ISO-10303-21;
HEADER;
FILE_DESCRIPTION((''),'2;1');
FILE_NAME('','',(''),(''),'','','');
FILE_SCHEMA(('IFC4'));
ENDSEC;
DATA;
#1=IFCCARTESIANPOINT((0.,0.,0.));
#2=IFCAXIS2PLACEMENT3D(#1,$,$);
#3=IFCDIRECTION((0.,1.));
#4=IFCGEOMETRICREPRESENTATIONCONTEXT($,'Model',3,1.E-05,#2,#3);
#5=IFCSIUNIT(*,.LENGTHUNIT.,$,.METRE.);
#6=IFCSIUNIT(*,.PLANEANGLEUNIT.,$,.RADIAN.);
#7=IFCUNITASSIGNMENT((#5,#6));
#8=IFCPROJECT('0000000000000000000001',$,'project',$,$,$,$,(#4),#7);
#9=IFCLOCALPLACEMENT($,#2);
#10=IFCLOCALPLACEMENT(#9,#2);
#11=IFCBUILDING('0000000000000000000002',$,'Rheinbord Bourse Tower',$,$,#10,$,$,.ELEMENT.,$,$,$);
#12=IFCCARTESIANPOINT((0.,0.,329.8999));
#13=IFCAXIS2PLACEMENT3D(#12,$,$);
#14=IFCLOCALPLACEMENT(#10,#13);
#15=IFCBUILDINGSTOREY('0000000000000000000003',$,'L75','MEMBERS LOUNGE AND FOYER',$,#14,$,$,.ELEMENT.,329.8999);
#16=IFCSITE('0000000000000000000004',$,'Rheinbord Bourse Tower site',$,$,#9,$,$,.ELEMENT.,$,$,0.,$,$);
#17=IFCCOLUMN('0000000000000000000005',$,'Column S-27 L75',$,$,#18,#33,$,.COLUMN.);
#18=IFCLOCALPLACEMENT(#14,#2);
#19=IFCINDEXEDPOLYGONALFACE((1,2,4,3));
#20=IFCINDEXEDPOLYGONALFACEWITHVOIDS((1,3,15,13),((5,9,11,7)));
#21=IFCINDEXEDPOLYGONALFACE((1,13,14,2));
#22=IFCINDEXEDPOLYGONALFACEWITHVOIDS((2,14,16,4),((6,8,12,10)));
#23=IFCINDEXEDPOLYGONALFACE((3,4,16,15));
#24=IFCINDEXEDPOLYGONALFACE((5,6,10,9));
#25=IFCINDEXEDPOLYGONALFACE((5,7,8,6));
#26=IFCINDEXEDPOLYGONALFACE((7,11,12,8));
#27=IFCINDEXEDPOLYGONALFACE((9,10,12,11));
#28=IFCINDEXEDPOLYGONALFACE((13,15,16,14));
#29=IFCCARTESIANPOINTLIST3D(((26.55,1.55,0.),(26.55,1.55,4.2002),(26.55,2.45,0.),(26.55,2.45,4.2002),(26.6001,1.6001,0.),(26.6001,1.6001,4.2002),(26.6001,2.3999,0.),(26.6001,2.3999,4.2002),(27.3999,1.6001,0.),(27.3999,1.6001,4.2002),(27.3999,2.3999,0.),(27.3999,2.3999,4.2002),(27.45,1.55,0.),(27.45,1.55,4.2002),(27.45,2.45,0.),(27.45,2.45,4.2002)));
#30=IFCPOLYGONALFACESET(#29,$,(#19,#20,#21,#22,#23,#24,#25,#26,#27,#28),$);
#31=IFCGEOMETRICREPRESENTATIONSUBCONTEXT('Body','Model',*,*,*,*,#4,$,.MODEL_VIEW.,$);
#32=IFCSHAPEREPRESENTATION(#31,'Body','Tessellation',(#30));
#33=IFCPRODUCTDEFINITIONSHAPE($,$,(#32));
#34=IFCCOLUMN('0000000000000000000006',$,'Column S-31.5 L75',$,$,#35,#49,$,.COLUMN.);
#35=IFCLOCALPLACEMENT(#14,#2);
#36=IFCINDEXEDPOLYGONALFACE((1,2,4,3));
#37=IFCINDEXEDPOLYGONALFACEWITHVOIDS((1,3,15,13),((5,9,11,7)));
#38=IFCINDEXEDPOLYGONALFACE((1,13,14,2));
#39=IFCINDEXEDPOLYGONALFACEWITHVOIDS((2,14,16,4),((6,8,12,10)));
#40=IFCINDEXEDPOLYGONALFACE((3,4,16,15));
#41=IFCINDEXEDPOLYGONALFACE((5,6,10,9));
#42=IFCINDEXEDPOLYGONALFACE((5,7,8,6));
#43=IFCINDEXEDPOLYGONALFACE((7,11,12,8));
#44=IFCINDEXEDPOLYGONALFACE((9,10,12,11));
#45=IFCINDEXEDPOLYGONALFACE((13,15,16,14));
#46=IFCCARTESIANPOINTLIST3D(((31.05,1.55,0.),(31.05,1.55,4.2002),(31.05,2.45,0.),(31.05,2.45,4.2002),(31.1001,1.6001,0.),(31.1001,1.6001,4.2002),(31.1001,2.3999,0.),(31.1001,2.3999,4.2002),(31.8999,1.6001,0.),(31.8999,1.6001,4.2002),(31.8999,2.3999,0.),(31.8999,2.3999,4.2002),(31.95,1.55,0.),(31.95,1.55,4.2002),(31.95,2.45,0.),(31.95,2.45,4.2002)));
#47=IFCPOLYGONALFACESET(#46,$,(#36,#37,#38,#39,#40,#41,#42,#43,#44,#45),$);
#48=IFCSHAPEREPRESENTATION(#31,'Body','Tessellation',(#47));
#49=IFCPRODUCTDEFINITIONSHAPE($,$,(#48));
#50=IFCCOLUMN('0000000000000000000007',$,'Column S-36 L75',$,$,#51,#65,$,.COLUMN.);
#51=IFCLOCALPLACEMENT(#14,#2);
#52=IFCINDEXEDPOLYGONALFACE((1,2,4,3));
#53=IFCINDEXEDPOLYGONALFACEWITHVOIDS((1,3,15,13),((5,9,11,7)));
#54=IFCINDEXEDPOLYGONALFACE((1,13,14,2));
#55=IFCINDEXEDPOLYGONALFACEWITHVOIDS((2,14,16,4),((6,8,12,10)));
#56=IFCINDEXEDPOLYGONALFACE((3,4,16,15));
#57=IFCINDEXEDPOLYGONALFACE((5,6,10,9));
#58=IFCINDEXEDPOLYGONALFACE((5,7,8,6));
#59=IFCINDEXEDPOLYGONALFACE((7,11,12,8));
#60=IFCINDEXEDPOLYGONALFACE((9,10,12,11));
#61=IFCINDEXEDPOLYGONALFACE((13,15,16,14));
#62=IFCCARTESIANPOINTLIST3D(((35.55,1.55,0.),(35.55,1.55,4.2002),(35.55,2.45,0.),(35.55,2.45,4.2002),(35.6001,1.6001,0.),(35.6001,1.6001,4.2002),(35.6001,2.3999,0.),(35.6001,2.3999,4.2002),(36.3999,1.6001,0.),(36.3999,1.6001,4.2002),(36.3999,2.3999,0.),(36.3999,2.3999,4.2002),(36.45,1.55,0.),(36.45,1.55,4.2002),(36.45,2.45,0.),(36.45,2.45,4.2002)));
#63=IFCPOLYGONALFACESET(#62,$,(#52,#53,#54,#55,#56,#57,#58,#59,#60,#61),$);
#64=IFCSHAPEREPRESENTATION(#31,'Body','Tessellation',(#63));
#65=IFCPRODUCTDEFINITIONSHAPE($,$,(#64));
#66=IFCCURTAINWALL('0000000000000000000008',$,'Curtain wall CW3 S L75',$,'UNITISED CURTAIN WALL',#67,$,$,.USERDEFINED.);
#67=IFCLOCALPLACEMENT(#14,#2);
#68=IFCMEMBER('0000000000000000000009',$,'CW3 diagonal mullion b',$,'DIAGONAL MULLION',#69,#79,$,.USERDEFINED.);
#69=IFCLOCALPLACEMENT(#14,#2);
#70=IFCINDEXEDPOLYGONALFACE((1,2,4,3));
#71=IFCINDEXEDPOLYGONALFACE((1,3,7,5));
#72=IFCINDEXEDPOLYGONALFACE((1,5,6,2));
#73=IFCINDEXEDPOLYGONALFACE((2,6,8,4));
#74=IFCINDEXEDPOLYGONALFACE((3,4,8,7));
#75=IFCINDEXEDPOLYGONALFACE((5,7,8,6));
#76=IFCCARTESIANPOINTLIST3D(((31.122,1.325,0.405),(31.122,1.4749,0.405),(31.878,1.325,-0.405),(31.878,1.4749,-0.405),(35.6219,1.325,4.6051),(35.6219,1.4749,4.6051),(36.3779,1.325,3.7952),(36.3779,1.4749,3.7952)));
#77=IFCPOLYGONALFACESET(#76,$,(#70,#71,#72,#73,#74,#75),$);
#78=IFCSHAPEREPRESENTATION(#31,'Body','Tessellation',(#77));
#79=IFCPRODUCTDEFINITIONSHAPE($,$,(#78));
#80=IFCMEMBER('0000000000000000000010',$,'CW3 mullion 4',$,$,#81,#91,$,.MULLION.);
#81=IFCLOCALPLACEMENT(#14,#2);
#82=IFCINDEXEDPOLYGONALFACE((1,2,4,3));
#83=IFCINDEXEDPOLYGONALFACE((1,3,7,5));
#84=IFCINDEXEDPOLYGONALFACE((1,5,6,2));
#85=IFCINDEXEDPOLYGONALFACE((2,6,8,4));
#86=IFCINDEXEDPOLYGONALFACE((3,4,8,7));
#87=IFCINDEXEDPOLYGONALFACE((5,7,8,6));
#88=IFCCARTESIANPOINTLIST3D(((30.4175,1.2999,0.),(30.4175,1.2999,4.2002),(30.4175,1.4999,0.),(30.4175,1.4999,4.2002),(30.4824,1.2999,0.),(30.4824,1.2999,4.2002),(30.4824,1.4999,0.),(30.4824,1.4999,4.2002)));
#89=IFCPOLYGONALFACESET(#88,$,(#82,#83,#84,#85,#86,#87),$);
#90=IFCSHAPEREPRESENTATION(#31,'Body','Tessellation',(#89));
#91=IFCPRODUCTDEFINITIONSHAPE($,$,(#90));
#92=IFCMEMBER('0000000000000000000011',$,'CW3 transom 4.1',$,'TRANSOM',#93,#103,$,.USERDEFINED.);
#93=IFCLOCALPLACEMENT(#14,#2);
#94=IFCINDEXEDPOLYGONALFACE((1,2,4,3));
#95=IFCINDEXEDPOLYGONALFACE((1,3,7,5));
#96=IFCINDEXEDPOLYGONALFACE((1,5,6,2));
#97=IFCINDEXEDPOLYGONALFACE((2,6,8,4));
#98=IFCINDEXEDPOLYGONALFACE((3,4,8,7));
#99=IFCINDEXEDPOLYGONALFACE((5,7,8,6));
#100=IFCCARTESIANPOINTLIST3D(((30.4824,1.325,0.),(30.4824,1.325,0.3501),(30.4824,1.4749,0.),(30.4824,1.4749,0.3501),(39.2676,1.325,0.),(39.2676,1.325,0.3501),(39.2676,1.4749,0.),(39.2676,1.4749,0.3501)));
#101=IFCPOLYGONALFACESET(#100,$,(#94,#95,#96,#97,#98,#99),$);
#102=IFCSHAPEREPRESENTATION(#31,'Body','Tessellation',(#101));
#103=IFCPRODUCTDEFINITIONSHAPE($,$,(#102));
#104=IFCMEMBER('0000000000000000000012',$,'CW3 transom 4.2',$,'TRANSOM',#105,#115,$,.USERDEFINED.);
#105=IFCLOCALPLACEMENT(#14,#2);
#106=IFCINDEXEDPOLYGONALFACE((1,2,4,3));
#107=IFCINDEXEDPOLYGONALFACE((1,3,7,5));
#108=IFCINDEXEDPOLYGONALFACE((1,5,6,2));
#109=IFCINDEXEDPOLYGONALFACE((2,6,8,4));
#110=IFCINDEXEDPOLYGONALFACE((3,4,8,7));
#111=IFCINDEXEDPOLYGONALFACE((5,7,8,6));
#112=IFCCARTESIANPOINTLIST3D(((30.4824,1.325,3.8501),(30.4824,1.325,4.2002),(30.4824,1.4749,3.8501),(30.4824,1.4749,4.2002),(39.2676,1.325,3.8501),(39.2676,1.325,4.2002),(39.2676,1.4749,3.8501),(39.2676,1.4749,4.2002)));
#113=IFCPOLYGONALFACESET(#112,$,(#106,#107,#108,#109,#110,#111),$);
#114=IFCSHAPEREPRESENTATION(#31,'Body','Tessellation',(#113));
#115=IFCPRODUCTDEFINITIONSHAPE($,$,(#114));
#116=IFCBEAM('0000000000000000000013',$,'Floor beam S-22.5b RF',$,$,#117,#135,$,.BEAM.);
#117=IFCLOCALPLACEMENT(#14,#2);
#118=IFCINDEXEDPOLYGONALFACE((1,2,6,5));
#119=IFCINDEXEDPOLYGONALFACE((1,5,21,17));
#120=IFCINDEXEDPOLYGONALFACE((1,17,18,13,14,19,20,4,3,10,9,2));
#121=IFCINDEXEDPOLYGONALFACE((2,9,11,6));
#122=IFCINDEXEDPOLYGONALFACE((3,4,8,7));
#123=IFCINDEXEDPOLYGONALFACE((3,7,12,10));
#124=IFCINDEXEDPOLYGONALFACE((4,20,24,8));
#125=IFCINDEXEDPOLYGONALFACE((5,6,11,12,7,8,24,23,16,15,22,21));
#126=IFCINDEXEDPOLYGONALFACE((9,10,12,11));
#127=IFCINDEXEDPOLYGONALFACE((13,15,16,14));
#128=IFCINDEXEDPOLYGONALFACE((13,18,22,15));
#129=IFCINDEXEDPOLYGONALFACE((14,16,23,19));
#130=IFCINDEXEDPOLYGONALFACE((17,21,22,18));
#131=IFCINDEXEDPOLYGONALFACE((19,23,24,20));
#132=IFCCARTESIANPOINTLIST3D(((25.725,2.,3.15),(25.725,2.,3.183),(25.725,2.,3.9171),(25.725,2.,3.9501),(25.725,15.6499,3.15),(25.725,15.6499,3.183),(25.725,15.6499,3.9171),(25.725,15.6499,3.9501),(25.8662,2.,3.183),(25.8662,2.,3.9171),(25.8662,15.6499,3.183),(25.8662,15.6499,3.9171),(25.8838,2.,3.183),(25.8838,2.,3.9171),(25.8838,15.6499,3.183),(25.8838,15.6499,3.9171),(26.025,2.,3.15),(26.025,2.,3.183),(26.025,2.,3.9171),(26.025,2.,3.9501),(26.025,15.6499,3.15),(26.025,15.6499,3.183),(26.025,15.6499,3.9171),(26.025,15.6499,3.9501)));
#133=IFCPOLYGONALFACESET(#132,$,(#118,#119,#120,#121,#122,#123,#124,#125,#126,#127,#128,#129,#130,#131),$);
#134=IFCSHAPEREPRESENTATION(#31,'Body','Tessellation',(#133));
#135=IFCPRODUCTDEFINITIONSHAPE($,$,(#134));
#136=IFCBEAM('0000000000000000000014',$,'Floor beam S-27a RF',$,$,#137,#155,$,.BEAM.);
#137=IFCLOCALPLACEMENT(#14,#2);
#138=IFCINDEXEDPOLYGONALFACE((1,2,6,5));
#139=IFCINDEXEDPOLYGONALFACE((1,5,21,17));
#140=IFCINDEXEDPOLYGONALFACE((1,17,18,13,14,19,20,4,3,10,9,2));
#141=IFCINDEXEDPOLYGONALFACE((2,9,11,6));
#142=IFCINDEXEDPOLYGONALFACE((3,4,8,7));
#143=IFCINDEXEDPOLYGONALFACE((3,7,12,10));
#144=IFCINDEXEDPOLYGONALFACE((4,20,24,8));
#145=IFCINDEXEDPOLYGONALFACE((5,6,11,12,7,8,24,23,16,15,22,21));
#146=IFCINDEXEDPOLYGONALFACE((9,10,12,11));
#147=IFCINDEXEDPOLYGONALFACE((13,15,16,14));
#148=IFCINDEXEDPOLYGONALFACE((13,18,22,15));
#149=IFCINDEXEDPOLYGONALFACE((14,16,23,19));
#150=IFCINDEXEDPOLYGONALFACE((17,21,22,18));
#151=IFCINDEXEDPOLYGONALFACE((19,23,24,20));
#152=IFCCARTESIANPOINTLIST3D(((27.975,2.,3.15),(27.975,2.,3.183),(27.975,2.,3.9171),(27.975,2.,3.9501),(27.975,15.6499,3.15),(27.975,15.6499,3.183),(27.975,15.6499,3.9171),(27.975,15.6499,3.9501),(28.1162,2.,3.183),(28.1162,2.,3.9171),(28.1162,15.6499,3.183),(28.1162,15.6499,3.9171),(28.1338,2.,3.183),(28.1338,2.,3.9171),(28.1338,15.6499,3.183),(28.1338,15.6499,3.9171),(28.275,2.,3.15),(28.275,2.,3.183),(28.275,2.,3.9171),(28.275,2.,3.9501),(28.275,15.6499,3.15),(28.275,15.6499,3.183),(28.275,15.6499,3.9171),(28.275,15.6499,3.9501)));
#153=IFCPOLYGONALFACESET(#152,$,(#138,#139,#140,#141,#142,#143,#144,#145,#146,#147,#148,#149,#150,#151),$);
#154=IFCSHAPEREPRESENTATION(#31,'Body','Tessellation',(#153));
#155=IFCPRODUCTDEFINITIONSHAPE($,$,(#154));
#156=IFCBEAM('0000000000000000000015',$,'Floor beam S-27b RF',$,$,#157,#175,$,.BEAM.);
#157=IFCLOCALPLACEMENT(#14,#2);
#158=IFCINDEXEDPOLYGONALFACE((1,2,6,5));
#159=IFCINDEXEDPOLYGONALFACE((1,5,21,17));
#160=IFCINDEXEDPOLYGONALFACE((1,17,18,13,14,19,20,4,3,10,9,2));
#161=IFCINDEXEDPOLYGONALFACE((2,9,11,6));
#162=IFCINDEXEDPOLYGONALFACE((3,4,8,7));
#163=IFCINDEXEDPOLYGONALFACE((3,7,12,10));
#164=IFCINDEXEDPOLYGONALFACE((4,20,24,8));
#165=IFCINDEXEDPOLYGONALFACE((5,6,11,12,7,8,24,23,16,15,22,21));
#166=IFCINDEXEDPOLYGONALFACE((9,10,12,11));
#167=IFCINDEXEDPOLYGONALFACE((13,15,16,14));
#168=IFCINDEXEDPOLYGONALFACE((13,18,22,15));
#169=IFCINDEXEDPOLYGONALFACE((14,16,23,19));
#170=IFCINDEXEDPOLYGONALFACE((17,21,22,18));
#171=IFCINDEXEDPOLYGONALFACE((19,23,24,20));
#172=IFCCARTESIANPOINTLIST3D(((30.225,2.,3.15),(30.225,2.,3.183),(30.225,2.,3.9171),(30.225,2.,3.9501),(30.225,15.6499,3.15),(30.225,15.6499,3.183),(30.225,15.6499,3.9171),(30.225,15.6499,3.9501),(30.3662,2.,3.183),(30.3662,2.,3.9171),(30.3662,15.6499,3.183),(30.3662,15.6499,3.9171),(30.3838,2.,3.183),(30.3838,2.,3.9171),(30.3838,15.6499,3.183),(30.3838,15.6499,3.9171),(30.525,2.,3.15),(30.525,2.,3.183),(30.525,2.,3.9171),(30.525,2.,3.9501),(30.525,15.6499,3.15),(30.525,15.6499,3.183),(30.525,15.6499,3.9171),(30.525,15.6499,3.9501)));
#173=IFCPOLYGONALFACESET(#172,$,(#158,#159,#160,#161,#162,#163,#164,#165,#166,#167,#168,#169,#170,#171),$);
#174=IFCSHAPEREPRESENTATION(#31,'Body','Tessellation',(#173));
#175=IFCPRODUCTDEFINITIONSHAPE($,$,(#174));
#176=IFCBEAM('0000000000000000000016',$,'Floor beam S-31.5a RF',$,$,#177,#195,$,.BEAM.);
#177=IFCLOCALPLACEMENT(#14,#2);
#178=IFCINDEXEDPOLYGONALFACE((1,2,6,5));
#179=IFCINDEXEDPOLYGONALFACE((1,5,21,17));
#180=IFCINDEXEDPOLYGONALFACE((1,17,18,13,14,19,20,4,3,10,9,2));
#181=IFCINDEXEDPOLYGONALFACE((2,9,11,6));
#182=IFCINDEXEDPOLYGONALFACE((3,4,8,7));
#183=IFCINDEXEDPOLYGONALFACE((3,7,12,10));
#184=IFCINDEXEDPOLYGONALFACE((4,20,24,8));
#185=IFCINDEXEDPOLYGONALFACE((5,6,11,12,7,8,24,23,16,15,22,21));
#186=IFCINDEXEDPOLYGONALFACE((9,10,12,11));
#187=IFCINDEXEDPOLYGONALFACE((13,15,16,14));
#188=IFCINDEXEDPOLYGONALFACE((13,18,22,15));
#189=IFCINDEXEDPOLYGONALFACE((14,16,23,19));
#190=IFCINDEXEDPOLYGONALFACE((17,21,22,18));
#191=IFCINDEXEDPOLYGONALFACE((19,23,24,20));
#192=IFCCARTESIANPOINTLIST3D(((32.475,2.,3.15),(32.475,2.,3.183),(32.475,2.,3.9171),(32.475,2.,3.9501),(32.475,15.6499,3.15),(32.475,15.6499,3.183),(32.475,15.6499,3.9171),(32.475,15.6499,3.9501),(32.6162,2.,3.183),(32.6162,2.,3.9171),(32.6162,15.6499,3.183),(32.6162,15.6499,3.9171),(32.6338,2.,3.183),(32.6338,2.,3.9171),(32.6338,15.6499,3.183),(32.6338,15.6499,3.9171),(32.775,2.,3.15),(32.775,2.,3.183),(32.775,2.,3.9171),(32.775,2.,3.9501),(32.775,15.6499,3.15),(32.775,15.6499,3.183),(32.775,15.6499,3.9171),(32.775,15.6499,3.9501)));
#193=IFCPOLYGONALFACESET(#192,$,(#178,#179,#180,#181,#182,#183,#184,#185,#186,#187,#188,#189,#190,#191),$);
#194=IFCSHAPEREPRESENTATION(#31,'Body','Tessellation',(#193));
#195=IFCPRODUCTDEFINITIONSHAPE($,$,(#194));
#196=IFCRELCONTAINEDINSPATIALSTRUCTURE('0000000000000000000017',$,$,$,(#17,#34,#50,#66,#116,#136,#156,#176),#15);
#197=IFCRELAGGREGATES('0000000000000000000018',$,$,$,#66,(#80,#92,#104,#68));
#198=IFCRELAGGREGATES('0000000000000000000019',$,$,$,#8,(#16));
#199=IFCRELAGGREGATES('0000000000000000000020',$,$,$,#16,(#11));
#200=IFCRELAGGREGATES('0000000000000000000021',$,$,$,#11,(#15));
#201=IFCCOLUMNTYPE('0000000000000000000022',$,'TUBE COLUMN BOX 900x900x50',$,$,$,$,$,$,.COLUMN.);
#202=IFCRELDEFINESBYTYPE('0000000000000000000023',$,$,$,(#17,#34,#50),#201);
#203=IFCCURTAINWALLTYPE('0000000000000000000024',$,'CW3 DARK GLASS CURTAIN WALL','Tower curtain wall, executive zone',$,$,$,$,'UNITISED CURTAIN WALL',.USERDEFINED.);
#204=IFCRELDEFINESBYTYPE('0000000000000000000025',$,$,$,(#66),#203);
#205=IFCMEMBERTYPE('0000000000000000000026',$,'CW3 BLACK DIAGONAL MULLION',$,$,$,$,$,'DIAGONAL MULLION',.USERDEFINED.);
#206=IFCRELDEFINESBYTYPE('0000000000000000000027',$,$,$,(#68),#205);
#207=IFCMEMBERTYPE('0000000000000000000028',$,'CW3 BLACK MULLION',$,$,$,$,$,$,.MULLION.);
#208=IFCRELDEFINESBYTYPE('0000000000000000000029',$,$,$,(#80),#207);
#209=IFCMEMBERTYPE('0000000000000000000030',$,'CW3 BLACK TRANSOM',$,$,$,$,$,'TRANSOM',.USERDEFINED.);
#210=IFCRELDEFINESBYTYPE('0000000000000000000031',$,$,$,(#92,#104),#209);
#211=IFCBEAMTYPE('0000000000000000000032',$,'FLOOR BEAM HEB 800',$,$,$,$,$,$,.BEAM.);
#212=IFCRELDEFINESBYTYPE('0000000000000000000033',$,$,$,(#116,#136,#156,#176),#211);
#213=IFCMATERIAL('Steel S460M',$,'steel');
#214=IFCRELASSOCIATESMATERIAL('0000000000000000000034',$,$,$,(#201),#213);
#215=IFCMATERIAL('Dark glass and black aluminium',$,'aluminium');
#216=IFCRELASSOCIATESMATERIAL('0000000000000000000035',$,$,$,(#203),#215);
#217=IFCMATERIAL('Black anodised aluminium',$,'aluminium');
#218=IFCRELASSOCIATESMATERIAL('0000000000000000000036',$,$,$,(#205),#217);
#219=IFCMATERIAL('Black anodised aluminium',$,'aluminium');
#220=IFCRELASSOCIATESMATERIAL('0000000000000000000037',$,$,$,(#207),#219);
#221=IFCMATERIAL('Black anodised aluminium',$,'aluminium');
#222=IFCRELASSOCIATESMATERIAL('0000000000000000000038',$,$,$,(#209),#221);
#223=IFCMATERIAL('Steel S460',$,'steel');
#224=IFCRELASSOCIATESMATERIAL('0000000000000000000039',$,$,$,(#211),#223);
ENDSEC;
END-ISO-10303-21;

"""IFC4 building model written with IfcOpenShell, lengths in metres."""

from ifc_helpers import new_model, si_unit, direction, frame, origin, origin_2d, place, context, subcontext, project, spatial, rectangle, hollow_rectangle, i_section, extrude, material, material_profile, profile_set, type_object, element, aggregate, save


model = new_model("IFC4")

# Units and contexts
model_context = context("Model", 3, precision=1e-05, world=origin(), true_north=direction((0.0, 1.0)))
body_context = subcontext(model_context, "Body", "Model", "MODEL_VIEW")
ifc_project = project(units=[si_unit("LENGTHUNIT", "METRE"), si_unit("PLANEANGLEUNIT", "RADIAN")], contexts=[model_context])

# Site, building, storey
site_placement = place(None, origin())
site = spatial("IfcSite", under=ifc_project, at=site_placement, Name="Rheinbord Bourse Tower site", CompositionType="ELEMENT", RefElevation=0.0)
building_placement = place(site_placement, origin())
building = spatial("IfcBuilding", under=site, at=building_placement, Name="Rheinbord Bourse Tower", CompositionType="ELEMENT")
storey_placement = place(building_placement, frame((0.0, 0.0, 329.8999)))
storey = spatial("IfcBuildingStorey", under=building, at=storey_placement, Name="L75", Description="MEMBERS LOUNGE AND FOYER", CompositionType="ELEMENT", Elevation=329.8999)

# Columns
ifc_material_1 = material(Name="Steel S460M", Category="steel")
ifc_material_profile_1 = material_profile(ifc_material_1, hollow_rectangle(XDim=0.8999, YDim=0.8999, WallThickness=0.05, at=origin_2d()), Name="BOX 900x900x50")
ifc_profile_set_1 = profile_set([ifc_material_profile_1], Name="Steel S460M")
column_type = type_object("IfcColumnType", Name="TUBE COLUMN BOX 900x900x50", PredefinedType="COLUMN", material=ifc_profile_set_1)
for number, where, z_axis, x_axis, name in (
    (1, (27.0, 2.0, 0.0), (0.0, 0.0, 1.0), (0.0, 1.0, 0.0), "Column S-27 L75"),
    (2, (31.5, 2.0, 0.0), (0.0, 0.0, 1.0), (0.0, 1.0, 0.0), "Column S-31.5 L75"),
    (3, (36.0, 2.0, 0.0), (0.0, 0.0, 1.0), (0.0, 1.0, 0.0), "Column S-36 L75"),
):
    element("IfcColumn", number, at=place(storey_placement, frame(where, z_axis=z_axis, x_axis=x_axis)), inside=storey, type_object=column_type, Name=name, PredefinedType="COLUMN", context=body_context, shape_type="SweptSolid", body=[
        extrude(hollow_rectangle(XDim=0.8999, YDim=0.8999, WallThickness=0.05, at=origin_2d()), origin(), (0.0, 0.0, 1.0), 4.2002),
    ])

# Curtain wall, members
ifc_material_2 = material(Name="Dark glass and black aluminium", Category="aluminium")
curtain_wall_type = type_object("IfcCurtainWallType", Name="CW3 DARK GLASS CURTAIN WALL", Description="Tower curtain wall, executive zone", ElementType="UNITISED CURTAIN WALL", PredefinedType="USERDEFINED", material=ifc_material_2)
curtain_wall_placement = place(storey_placement, origin())
curtain_wall = element("IfcCurtainWall", 4, at=curtain_wall_placement, inside=storey, type_object=curtain_wall_type, Name="Curtain wall CW3 S L75", ObjectType="UNITISED CURTAIN WALL", PredefinedType="USERDEFINED")
ifc_material_3 = material(Name="Black anodised aluminium", Category="aluminium")
ifc_material_profile_2 = material_profile(ifc_material_3, rectangle(XDim=0.1499, YDim=1.1079, at=origin_2d()), Name="CW3 DIAGONAL MULLION 1108x150")
ifc_profile_set_2 = profile_set([ifc_material_profile_2], Name="Black anodised aluminium")
member_type_1 = type_object("IfcMemberType", Name="CW3 BLACK DIAGONAL MULLION", ElementType="DIAGONAL MULLION", PredefinedType="USERDEFINED", material=ifc_profile_set_2)
member_1_placement = place(storey_placement, frame((31.5, 1.3999, 0.0), z_axis=(0.731039, 0.0, 0.682335), x_axis=(0.0, 1.0, 0.0)))
member_1 = element("IfcMember", 5, at=member_1_placement, type_object=member_type_1, Name="CW3 diagonal mullion b", ObjectType="DIAGONAL MULLION", PredefinedType="USERDEFINED", context=body_context, shape_type="SweptSolid", body=[
    extrude(rectangle(XDim=0.1499, YDim=1.1079, at=origin_2d()), origin(), (0.0, 0.0, 1.0), 6.1555),
])
ifc_material_4 = material(Name="Black anodised aluminium", Category="aluminium")
ifc_material_profile_3 = material_profile(ifc_material_4, rectangle(XDim=0.2, YDim=0.0649, at=origin_2d()), Name="CW3 MULLION 65x200")
ifc_profile_set_3 = profile_set([ifc_material_profile_3], Name="Black anodised aluminium")
member_type_2 = type_object("IfcMemberType", Name="CW3 BLACK MULLION", PredefinedType="MULLION", material=ifc_profile_set_3)
member_2_placement = place(storey_placement, frame((30.45, 1.3999, 0.0), z_axis=(0.0, 0.0, 1.0), x_axis=(0.0, 1.0, 0.0)))
member_2 = element("IfcMember", 6, at=member_2_placement, type_object=member_type_2, Name="CW3 mullion 4", PredefinedType="MULLION", context=body_context, shape_type="SweptSolid", body=[
    extrude(rectangle(XDim=0.2, YDim=0.0649, at=origin_2d()), origin(), (0.0, 0.0, 1.0), 4.2002),
])
ifc_material_5 = material(Name="Black anodised aluminium", Category="aluminium")
ifc_material_profile_4 = material_profile(ifc_material_5, rectangle(XDim=0.1499, YDim=0.3501, at=origin_2d()), Name="CW3 TRANSOM 350x150")
ifc_profile_set_4 = profile_set([ifc_material_profile_4], Name="Black anodised aluminium")
member_type_3 = type_object("IfcMemberType", Name="CW3 BLACK TRANSOM", ElementType="TRANSOM", PredefinedType="USERDEFINED", material=ifc_profile_set_4)
member_3_placement = place(storey_placement, frame((30.4824, 1.3999, 0.175), z_axis=(1.0, 0.0, 0.0), x_axis=(0.0, 1.0, 0.0)))
member_3 = element("IfcMember", 7, at=member_3_placement, type_object=member_type_3, Name="CW3 transom 4.1", ObjectType="TRANSOM", PredefinedType="USERDEFINED", context=body_context, shape_type="SweptSolid", body=[
    extrude(rectangle(XDim=0.1499, YDim=0.3501, at=origin_2d()), origin(), (0.0, 0.0, 1.0), 8.7852),
])
member_4_placement = place(storey_placement, frame((30.4824, 1.3999, 4.0251), z_axis=(1.0, 0.0, 0.0), x_axis=(0.0, 1.0, 0.0)))
member_4 = element("IfcMember", 8, at=member_4_placement, type_object=member_type_3, Name="CW3 transom 4.2", ObjectType="TRANSOM", PredefinedType="USERDEFINED", context=body_context, shape_type="SweptSolid", body=[
    extrude(rectangle(XDim=0.1499, YDim=0.3501, at=origin_2d()), origin(), (0.0, 0.0, 1.0), 8.7852),
])

# Beams
ifc_material_6 = material(Name="Steel S460", Category="steel")
ifc_material_profile_5 = material_profile(ifc_material_6, i_section(OverallWidth=0.3, OverallDepth=0.8, WebThickness=0.0176, FlangeThickness=0.033, at=origin_2d()), Name="HEB 800")
ifc_profile_set_5 = profile_set([ifc_material_profile_5], Name="Steel S460")
beam_type_1 = type_object("IfcBeamType", Name="FLOOR BEAM HEB 800", PredefinedType="BEAM", material=ifc_profile_set_5)
for number, where, z_axis, x_axis, name in (
    (9, (25.875, 2.0, 3.55), (0.0, 1.0, 0.0), (-1.0, 0.0, 0.0), "Floor beam S-22.5b RF"),
    (10, (28.125, 2.0, 3.55), (0.0, 1.0, 0.0), (-1.0, 0.0, 0.0), "Floor beam S-27a RF"),
    (11, (30.375, 2.0, 3.55), (0.0, 1.0, 0.0), (-1.0, 0.0, 0.0), "Floor beam S-27b RF"),
    (12, (32.625, 2.0, 3.55), (0.0, 1.0, 0.0), (-1.0, 0.0, 0.0), "Floor beam S-31.5a RF"),
):
    element("IfcBeam", number, at=place(storey_placement, frame(where, z_axis=z_axis, x_axis=x_axis)), inside=storey, type_object=beam_type_1, Name=name, PredefinedType="BEAM", context=body_context, shape_type="SweptSolid", body=[
        extrude(i_section(OverallWidth=0.3, OverallDepth=0.8, WebThickness=0.0176, FlangeThickness=0.033, at=origin_2d()), origin(), (0.0, 0.0, 1.0), 13.6499),
    ])

aggregate(curtain_wall, [member_2, member_3, member_4, member_1])

save(model, "model.ifc")
